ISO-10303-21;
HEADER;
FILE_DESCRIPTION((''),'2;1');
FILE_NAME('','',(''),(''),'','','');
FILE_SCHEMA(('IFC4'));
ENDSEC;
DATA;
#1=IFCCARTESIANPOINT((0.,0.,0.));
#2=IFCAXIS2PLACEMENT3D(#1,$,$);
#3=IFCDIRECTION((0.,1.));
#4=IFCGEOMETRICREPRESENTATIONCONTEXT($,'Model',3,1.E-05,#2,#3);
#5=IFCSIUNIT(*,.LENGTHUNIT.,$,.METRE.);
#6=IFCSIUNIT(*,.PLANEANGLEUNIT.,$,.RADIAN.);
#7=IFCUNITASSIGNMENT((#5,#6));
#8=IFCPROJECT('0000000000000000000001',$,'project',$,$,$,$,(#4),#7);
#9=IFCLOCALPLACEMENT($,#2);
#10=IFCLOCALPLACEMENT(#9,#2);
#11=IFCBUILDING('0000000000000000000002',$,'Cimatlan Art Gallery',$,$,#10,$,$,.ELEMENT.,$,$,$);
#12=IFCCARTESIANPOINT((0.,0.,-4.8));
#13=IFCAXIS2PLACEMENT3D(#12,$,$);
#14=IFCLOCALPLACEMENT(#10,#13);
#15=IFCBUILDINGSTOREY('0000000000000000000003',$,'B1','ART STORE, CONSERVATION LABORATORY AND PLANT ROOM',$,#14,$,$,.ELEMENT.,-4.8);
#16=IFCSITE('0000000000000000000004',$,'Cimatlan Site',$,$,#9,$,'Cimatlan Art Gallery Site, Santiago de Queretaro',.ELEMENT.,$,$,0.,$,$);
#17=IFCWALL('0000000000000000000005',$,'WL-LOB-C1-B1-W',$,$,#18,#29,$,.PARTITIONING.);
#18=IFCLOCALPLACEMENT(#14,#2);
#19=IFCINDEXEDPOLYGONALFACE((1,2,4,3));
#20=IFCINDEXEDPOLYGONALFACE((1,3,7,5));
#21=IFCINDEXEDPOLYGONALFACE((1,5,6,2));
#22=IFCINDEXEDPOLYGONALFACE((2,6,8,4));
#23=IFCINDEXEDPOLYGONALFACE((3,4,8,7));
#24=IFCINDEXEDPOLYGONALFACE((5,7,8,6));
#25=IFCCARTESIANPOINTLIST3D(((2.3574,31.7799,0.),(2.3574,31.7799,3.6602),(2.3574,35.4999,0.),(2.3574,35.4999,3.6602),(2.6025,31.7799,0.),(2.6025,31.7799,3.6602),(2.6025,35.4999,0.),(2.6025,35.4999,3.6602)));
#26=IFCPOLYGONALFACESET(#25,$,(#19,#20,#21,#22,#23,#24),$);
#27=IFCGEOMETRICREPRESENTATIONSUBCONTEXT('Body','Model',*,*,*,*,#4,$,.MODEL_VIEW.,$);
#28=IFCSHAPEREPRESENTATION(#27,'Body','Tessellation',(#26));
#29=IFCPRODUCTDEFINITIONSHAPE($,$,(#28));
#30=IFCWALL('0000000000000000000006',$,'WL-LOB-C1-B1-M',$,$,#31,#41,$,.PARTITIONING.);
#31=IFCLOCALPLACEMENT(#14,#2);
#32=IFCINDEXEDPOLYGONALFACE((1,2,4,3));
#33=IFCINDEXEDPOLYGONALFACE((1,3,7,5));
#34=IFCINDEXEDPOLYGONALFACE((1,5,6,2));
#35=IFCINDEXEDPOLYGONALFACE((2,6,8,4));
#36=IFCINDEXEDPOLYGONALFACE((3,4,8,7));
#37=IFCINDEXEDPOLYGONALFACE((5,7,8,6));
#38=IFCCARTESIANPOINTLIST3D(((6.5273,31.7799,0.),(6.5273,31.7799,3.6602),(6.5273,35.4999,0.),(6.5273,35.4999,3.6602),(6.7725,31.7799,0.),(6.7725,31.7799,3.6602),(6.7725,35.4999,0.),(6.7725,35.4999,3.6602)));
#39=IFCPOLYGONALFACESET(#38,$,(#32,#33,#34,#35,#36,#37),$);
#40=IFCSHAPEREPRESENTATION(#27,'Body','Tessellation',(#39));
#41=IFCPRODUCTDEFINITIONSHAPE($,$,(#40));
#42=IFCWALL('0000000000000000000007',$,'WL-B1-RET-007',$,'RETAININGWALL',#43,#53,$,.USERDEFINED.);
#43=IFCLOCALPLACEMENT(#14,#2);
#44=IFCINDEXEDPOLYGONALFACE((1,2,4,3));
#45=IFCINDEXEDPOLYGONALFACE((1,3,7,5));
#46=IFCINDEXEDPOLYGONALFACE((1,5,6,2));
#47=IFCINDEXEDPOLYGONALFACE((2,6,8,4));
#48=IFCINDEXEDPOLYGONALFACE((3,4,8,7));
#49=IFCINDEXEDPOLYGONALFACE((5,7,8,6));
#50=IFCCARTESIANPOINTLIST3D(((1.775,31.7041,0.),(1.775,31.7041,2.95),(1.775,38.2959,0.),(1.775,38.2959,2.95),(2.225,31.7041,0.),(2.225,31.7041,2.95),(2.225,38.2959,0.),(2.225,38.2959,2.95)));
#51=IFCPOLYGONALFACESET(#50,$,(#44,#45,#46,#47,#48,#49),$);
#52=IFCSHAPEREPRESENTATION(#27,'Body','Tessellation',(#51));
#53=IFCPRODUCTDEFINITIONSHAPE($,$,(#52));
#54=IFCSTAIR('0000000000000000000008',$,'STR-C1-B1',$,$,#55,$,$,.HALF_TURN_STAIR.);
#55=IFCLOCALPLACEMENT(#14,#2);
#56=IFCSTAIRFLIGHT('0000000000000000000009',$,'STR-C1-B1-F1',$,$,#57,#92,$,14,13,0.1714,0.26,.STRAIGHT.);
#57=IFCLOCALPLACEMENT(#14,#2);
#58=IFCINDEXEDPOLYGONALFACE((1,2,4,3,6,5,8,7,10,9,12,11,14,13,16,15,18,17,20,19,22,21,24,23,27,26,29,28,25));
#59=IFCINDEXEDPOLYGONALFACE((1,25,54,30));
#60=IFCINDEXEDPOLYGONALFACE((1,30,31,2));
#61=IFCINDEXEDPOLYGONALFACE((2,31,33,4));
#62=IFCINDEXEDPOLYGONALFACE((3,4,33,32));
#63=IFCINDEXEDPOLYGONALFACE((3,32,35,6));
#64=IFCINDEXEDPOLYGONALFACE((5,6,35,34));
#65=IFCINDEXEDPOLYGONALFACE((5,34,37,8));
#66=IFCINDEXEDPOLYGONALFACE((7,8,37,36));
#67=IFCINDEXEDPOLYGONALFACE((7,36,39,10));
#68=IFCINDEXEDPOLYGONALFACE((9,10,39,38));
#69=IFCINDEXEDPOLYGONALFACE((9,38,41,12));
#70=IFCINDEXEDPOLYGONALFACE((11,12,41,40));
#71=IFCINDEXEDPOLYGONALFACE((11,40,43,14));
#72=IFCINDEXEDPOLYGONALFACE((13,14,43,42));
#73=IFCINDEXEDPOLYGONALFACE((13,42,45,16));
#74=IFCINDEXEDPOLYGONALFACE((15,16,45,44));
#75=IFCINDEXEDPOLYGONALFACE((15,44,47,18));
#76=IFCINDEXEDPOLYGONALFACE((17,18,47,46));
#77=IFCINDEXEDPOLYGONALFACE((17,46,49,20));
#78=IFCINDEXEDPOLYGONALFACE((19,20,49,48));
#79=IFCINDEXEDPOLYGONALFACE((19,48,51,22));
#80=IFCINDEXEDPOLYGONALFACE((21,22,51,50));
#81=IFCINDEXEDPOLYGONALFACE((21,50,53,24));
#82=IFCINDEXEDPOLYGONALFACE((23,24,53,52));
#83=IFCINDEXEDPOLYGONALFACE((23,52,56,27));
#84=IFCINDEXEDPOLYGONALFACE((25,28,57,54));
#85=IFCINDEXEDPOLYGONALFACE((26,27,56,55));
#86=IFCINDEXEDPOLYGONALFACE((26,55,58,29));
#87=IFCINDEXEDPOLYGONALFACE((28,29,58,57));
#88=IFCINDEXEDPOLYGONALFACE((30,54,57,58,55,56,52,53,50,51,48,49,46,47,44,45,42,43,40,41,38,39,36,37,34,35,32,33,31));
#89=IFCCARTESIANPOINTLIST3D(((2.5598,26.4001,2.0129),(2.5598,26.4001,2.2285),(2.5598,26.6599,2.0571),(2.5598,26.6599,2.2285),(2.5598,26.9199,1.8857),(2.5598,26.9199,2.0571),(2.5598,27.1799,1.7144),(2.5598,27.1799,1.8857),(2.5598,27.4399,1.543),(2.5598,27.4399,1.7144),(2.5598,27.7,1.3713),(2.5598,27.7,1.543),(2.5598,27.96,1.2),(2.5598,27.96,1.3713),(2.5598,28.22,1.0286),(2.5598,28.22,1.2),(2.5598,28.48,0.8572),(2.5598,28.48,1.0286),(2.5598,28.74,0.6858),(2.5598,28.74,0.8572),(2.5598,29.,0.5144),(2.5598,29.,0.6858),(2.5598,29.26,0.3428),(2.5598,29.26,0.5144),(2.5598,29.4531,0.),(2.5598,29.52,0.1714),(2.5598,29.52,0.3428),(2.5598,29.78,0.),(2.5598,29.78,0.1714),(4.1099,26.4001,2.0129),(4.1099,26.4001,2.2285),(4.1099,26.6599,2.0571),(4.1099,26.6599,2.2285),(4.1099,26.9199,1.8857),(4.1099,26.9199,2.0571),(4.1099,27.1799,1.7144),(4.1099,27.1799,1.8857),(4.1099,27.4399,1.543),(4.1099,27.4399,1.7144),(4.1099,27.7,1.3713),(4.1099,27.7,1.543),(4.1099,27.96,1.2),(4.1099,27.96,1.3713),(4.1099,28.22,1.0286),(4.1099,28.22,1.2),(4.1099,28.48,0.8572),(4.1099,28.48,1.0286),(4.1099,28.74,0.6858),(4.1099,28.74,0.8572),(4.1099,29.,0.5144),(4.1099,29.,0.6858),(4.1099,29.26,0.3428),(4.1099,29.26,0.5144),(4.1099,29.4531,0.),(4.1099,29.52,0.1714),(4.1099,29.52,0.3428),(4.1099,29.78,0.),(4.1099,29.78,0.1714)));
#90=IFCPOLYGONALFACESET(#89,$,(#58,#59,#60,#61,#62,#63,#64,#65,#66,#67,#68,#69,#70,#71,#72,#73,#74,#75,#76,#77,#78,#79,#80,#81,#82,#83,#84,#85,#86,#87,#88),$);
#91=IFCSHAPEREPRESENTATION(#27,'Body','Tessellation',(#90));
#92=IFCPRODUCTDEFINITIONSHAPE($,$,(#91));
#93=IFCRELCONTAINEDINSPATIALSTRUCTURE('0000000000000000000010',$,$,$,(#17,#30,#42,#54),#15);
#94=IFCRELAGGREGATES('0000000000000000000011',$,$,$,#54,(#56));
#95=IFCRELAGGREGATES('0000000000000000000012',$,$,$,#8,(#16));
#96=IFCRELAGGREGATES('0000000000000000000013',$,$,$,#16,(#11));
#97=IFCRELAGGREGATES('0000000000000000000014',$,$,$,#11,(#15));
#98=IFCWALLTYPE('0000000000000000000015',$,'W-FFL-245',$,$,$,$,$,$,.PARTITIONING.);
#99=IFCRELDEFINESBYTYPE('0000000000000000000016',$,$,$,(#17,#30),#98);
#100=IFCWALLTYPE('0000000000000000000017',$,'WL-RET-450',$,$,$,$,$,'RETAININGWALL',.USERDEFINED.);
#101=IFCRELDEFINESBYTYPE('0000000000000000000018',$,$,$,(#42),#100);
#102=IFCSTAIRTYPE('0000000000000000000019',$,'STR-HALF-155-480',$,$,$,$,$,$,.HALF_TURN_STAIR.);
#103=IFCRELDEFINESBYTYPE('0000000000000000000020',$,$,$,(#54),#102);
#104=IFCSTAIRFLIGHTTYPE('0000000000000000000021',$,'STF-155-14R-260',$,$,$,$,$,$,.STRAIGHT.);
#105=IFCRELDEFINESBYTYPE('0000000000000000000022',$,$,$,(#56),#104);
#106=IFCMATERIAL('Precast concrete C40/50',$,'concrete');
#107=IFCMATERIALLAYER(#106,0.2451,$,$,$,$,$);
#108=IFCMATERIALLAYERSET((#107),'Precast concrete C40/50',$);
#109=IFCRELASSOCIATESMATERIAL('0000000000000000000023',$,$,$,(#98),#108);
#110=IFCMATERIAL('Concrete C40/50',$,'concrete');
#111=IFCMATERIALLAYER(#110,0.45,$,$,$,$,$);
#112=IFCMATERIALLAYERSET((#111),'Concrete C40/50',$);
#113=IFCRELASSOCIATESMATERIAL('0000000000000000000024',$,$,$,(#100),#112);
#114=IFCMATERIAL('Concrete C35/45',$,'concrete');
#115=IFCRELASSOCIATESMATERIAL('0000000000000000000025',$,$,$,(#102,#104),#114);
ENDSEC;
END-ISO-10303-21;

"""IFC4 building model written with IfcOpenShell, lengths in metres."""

from ifc_helpers import new_model, si_unit, direction, frame, frame_2d, origin, place, context, subcontext, project, spatial, polyline, rectangle, outline, extrude, material, layer, layer_set, type_object, element, aggregate, save


model = new_model("IFC4")

# Units and contexts
model_context = context("Model", 3, precision=1e-05, world=origin(), true_north=direction((0.0, 1.0)))
body_context = subcontext(model_context, "Body", "Model", "MODEL_VIEW")
ifc_project = project(units=[si_unit("LENGTHUNIT", "METRE"), si_unit("PLANEANGLEUNIT", "RADIAN")], contexts=[model_context])

# Site, building, storey
site_placement = place(None, origin())
site = spatial("IfcSite", under=ifc_project, at=site_placement, Name="Cimatlan Site", LongName="Cimatlan Art Gallery Site, Santiago de Queretaro", CompositionType="ELEMENT", RefElevation=0.0)
building_placement = place(site_placement, origin())
building = spatial("IfcBuilding", under=site, at=building_placement, Name="Cimatlan Art Gallery", CompositionType="ELEMENT")
storey_placement = place(building_placement, frame((0.0, 0.0, -4.8)))
storey = spatial("IfcBuildingStorey", under=building, at=storey_placement, Name="B1", Description="ART STORE, CONSERVATION LABORATORY AND PLANT ROOM", CompositionType="ELEMENT", Elevation=-4.8)

# Shared definitions
ifc_material_1 = material(Name="Concrete C40/50", Category="concrete")

# Walls
ifc_material_2 = material(Name="Precast concrete C40/50", Category="concrete")
ifc_layer_1 = layer(ifc_material_2, 0.2451)
ifc_layer_set_1 = layer_set([ifc_layer_1], Name="Precast concrete C40/50")
wall_type_1 = type_object("IfcWallType", Name="W-FFL-245", PredefinedType="PARTITIONING", material=ifc_layer_set_1)
for number, where, z_axis, x_axis, name in (
    (1, (2.48, 31.78, 0.0), (0.0, 0.0, 1.0), (0.0, 1.0, 0.0), "WL-LOB-C1-B1-W"),
    (2, (6.6499, 31.78, 0.0), (0.0, 0.0, 1.0), (0.0, 1.0, 0.0), "WL-LOB-C1-B1-M"),
):
    element("IfcWall", number, at=place(storey_placement, frame(where, z_axis=z_axis, x_axis=x_axis)), inside=storey, type_object=wall_type_1, Name=name, PredefinedType="PARTITIONING", context=body_context, shape_type="SweptSolid", body=[
        extrude(rectangle(XDim=3.72, YDim=0.2451, at=frame_2d((1.8599, 0.0))), origin(), (0.0, 0.0, 1.0), 3.6602),
    ])
ifc_layer_2 = layer(ifc_material_1, 0.45)
ifc_layer_set_2 = layer_set([ifc_layer_2], Name="Concrete C40/50")
wall_type_2 = type_object("IfcWallType", Name="WL-RET-450", ElementType="RETAININGWALL", PredefinedType="USERDEFINED", material=ifc_layer_set_2)
wall_1_placement = place(storey_placement, frame((2.0, 31.7041, 0.0), z_axis=(0.0, 0.0, 1.0), x_axis=(0.0, 1.0, 0.0)))
element("IfcWall", 3, at=wall_1_placement, inside=storey, type_object=wall_type_2, Name="WL-B1-RET-007", ObjectType="RETAININGWALL", PredefinedType="USERDEFINED", context=body_context, shape_type="SweptSolid", body=[
    extrude(rectangle(XDim=6.5918, YDim=0.45, at=frame_2d((3.2959, 0.0))), origin(), (0.0, 0.0, 1.0), 2.95),
])

# Stair, stair flight
ifc_material_3 = material(Name="Concrete C35/45", Category="concrete")
stair_type = type_object("IfcStairType", Name="STR-HALF-155-480", PredefinedType="HALF_TURN_STAIR", material=ifc_material_3)
stair_placement = place(storey_placement, origin())
stair = element("IfcStair", 4, at=stair_placement, inside=storey, type_object=stair_type, Name="STR-C1-B1", PredefinedType="HALF_TURN_STAIR")
stair_flight_type = type_object("IfcStairFlightType", Name="STF-155-14R-260", PredefinedType="STRAIGHT", material=ifc_material_3)
stair_flight_placement = place(storey_placement, frame((3.335, 29.78, 0.0), z_axis=(0.0, 0.0, 1.0), x_axis=(0.0, -1.0, 0.0)))
stair_flight = element("IfcStairFlight", 5, at=stair_flight_placement, type_object=stair_flight_type, Name="STR-C1-B1-F1", NumberOfRisers=14, NumberOfTreads=13, PredefinedType="STRAIGHT", RiserHeight=0.1714, TreadLength=0.26, context=body_context, shape_type="SweptSolid", body=[
    extrude(outline(polyline([(0.0, 0.0), (0.0, 0.1714), (0.26, 0.1714), (0.26, 0.3428), (0.52, 0.3428), (0.52, 0.5144), (0.78, 0.5144), (0.78, 0.6858), (1.04, 0.6858), (1.04, 0.8572), (1.3, 0.8572), (1.3, 1.0286), (1.5601, 1.0286), (1.5601, 1.2), (1.8201, 1.2), (1.8201, 1.3713), (2.0801, 1.3713), (2.0801, 1.543), (2.3401, 1.543), (2.3401, 1.7144), (2.6001, 1.7144), (2.6001, 1.8857), (2.8601, 1.8857), (2.8601, 2.0571), (3.1201, 2.0571), (3.1201, 2.2285), (3.3799, 2.2285), (3.3799, 2.3999), (3.3799, 2.0129), (0.3269, 0.0), (0.0, 0.0)])), frame((0.0, 0.7749, 0.0), z_axis=(0.0, -1.0, 0.0), x_axis=(1.0, 0.0, 0.0)), (0.0, 0.0, 1.0), 1.55),
])
aggregate(stair, [stair_flight])

save(model, "model.ifc")
